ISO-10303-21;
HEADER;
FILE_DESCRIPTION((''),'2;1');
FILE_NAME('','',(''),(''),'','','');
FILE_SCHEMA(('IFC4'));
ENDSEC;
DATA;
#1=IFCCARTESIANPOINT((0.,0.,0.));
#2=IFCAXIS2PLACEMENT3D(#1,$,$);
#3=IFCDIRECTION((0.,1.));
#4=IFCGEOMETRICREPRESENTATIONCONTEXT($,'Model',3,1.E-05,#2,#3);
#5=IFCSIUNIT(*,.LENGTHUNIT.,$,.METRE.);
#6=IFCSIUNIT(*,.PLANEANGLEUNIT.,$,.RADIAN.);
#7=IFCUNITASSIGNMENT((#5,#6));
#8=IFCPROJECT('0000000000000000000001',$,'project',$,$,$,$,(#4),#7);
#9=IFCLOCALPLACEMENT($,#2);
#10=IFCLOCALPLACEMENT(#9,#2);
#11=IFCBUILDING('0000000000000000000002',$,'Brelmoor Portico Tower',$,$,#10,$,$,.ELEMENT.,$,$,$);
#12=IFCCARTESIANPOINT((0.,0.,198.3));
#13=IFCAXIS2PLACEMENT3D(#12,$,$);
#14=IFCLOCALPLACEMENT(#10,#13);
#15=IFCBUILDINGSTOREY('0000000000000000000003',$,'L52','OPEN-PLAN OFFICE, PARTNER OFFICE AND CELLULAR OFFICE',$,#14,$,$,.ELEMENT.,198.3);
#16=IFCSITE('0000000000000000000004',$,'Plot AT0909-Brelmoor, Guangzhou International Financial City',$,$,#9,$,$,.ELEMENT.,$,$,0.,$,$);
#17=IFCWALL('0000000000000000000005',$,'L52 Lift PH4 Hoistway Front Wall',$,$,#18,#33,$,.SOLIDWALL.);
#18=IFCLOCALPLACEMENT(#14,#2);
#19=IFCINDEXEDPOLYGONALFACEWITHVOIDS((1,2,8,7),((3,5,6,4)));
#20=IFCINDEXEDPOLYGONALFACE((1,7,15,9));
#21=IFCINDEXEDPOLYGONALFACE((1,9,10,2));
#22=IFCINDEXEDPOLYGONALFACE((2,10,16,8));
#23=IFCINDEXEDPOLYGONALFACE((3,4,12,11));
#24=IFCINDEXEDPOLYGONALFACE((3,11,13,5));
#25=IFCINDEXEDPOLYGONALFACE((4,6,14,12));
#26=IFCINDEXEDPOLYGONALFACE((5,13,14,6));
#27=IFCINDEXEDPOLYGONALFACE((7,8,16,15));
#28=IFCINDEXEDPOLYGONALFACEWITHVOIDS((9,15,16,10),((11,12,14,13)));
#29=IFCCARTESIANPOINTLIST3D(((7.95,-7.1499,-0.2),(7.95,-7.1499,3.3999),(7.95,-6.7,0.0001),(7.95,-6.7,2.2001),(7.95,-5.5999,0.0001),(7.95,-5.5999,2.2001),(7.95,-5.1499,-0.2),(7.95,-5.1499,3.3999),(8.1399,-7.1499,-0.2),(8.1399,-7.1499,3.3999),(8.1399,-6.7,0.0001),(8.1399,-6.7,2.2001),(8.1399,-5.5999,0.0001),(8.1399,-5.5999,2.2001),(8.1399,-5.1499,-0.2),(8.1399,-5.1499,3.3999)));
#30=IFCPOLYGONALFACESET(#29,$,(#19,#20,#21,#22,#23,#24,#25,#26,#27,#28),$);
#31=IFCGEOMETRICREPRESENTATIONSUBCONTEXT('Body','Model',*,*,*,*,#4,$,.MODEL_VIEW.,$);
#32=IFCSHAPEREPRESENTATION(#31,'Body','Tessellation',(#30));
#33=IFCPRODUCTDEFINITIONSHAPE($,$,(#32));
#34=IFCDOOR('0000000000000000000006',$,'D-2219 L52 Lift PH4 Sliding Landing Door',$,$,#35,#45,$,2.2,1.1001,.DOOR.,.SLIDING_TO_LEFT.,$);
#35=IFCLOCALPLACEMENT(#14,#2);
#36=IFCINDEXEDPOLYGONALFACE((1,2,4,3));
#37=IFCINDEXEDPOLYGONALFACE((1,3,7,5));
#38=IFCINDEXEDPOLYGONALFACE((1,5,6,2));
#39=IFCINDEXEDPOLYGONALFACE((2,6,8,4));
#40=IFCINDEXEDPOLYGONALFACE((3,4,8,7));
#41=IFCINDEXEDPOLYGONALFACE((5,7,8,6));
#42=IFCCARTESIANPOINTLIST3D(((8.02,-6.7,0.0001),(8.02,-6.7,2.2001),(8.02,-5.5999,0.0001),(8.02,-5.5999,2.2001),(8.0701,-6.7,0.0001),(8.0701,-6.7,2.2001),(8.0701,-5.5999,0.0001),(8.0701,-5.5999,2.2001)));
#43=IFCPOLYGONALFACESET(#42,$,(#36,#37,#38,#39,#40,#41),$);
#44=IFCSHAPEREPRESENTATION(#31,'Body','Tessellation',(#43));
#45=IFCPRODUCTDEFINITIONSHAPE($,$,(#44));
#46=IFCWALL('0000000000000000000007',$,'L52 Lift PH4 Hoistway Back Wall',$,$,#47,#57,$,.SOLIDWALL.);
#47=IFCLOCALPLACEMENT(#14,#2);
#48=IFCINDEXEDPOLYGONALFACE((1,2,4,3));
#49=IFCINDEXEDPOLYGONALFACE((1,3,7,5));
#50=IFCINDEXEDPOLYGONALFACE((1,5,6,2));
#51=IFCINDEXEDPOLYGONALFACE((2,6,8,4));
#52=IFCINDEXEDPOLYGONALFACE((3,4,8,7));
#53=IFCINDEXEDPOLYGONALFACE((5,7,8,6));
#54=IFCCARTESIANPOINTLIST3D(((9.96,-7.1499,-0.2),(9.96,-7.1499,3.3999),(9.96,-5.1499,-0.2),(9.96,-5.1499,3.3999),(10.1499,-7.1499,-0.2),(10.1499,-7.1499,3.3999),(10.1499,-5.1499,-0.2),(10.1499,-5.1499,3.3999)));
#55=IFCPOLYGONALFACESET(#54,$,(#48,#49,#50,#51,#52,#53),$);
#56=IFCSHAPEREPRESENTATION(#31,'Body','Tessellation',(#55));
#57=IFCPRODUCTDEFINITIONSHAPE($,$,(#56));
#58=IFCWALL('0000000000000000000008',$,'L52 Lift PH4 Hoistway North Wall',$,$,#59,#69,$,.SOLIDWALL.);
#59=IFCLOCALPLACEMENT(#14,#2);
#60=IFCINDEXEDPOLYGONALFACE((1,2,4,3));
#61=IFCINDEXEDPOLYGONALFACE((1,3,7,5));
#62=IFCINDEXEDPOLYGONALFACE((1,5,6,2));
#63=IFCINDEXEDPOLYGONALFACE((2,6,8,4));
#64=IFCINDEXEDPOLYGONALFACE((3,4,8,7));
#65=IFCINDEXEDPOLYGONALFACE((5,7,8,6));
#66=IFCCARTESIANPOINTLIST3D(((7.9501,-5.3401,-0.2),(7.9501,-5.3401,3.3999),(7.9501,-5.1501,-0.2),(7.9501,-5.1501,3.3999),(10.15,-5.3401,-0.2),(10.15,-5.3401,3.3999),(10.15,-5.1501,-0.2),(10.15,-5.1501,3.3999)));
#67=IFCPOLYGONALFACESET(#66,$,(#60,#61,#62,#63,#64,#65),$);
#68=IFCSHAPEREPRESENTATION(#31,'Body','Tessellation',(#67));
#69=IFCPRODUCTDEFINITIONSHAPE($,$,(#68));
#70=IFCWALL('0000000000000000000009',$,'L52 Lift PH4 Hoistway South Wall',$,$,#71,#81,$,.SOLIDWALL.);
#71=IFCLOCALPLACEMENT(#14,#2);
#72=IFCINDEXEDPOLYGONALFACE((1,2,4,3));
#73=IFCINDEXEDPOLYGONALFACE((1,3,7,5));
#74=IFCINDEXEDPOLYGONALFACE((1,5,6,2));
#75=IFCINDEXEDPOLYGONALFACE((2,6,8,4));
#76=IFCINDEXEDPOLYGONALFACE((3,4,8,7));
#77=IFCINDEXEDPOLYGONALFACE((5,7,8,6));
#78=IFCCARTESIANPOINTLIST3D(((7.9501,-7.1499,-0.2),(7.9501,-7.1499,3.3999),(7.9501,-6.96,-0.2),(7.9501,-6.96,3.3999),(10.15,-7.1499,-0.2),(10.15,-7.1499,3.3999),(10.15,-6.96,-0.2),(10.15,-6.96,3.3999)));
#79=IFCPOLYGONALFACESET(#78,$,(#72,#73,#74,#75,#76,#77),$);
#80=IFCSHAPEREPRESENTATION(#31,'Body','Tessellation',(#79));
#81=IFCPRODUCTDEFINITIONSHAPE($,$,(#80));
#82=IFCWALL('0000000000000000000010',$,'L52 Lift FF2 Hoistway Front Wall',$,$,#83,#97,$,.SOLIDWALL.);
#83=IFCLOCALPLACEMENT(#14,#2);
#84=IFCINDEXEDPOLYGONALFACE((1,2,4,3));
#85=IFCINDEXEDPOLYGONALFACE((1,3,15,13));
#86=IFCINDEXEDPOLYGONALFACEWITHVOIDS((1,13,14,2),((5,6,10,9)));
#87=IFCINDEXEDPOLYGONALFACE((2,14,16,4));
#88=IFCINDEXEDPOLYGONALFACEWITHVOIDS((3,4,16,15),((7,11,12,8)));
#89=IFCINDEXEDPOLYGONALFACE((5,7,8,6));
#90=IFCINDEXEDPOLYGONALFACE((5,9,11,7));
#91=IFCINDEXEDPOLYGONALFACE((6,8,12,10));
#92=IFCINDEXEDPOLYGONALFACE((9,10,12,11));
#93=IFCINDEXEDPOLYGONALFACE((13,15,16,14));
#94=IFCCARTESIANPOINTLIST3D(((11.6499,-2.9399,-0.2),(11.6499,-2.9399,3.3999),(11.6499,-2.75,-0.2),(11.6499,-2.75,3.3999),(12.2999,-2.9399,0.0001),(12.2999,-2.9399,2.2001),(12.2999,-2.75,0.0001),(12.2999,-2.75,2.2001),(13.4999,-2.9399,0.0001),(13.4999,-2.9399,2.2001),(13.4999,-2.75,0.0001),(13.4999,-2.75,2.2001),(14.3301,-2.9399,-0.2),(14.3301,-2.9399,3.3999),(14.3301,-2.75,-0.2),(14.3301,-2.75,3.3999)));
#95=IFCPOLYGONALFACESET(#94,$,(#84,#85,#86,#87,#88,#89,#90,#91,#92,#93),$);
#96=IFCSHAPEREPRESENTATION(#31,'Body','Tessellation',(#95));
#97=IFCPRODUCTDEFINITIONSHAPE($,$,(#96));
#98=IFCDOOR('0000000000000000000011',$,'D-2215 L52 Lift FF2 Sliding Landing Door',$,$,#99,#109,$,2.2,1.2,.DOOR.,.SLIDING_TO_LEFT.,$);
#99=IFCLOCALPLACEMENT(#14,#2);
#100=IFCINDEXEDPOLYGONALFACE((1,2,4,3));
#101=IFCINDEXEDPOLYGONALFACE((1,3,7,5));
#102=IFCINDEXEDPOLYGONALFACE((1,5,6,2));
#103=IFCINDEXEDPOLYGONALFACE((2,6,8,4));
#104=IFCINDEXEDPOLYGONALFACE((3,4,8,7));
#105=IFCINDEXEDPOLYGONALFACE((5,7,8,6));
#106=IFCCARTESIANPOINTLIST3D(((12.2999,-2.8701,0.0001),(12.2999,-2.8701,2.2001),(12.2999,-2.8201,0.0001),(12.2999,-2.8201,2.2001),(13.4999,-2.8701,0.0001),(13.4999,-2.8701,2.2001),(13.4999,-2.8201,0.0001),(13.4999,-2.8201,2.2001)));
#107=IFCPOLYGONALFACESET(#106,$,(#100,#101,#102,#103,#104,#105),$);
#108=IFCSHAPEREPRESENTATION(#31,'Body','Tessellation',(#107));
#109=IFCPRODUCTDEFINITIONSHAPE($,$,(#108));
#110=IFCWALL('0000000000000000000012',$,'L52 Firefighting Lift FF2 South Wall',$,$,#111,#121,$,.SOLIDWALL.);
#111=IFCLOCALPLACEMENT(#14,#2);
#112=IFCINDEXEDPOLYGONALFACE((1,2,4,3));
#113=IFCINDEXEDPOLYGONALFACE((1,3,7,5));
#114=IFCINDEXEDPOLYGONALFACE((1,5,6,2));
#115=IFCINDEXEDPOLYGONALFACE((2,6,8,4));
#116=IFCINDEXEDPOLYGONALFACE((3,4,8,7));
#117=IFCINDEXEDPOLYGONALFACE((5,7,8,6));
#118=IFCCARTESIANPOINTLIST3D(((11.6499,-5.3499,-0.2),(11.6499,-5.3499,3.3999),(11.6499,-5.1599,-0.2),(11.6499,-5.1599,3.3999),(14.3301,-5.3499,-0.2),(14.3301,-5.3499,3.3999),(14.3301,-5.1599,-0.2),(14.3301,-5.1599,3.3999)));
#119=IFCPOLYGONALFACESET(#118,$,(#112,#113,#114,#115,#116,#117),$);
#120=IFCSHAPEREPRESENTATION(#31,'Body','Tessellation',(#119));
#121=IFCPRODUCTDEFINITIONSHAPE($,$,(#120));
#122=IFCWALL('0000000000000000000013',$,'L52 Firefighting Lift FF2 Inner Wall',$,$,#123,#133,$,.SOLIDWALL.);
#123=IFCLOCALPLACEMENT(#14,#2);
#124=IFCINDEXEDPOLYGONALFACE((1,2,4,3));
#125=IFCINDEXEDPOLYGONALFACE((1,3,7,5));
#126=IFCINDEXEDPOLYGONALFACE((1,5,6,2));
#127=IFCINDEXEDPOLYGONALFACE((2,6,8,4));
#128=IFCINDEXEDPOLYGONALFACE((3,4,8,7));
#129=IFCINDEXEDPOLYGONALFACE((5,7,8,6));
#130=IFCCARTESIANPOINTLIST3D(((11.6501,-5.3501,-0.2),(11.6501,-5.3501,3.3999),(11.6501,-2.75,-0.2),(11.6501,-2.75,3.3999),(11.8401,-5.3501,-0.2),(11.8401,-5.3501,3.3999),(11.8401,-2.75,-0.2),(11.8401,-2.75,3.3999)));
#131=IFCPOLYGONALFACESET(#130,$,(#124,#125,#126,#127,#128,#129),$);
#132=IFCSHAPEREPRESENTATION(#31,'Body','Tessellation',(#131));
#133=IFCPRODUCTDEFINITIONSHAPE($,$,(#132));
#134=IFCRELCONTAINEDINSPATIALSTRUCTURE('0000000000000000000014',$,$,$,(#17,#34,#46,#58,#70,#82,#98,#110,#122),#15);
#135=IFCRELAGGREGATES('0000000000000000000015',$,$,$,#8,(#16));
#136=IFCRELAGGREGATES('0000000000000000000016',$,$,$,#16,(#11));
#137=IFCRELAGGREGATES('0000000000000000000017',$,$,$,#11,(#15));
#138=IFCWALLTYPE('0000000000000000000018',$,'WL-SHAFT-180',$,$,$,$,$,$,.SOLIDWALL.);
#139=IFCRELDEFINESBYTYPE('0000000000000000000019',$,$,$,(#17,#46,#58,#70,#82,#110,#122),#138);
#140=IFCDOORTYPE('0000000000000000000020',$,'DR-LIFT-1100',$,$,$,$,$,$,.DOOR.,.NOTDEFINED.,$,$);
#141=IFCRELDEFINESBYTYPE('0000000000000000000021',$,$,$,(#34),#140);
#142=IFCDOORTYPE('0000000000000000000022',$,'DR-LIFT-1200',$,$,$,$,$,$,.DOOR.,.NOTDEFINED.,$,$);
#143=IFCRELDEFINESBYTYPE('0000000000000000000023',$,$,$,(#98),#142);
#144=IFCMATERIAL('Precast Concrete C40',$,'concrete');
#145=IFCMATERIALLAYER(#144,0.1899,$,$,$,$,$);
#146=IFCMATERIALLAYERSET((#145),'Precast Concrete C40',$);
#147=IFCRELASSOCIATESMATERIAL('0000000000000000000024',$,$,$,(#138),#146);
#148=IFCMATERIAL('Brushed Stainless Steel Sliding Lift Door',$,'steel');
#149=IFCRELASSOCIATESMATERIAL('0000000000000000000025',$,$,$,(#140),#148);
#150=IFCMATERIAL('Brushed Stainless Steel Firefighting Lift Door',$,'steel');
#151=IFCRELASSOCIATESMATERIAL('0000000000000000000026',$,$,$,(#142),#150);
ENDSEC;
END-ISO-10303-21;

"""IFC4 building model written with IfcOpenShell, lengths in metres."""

from ifc_helpers import new_model, si_unit, direction, frame, frame_2d, origin, place, context, subcontext, project, spatial, rectangle, extrude, material, layer, layer_set, type_object, element, fill, save


model = new_model("IFC4")

# Units and contexts
model_context = context("Model", 3, precision=1e-05, world=origin(), true_north=direction((0.0, 1.0)))
body_context = subcontext(model_context, "Body", "Model", "MODEL_VIEW")
ifc_project = project(units=[si_unit("LENGTHUNIT", "METRE"), si_unit("PLANEANGLEUNIT", "RADIAN")], contexts=[model_context])

# Site, building, storey
site_placement = place(None, origin())
site = spatial("IfcSite", under=ifc_project, at=site_placement, Name="Plot AT0909-Brelmoor, Guangzhou International Financial City", CompositionType="ELEMENT", RefElevation=0.0)
building_placement = place(site_placement, origin())
building = spatial("IfcBuilding", under=site, at=building_placement, Name="Brelmoor Portico Tower", CompositionType="ELEMENT")
storey_placement = place(building_placement, frame((0.0, 0.0, 198.3)))
storey = spatial("IfcBuildingStorey", under=building, at=storey_placement, Name="L52", Description="OPEN-PLAN OFFICE, PARTNER OFFICE AND CELLULAR OFFICE", CompositionType="ELEMENT", Elevation=198.3)

# Shared definitions
ifc_material_1 = material(Name="Precast Concrete C40", Category="concrete")
ifc_layer_1 = layer(ifc_material_1, 0.1899)
ifc_layer_set_1 = layer_set([ifc_layer_1], Name="Precast Concrete C40")
wall_type_1 = type_object("IfcWallType", Name="WL-SHAFT-180", PredefinedType="SOLIDWALL", material=ifc_layer_set_1)

# Wall, opening, door
wall_1_placement = place(storey_placement, frame((8.0449, -7.1499, -0.2), z_axis=(0.0, 0.0, 1.0), x_axis=(0.0, 1.0, 0.0)))
wall_1 = element("IfcWall", 1, at=wall_1_placement, inside=storey, type_object=wall_type_1, Name="L52 Lift PH4 Hoistway Front Wall", PredefinedType="SOLIDWALL", context=body_context, shape_type="SweptSolid", body=[
    extrude(rectangle(XDim=2.0, YDim=0.1899, at=frame_2d((1.0, 0.0))), origin(), (0.0, 0.0, 1.0), 3.5999),
])
opening_1_placement = place(wall_1_placement, frame((0.45, 0.0, 0.2)))
opening_1 = element("IfcOpeningElement", 2, at=opening_1_placement, cuts=wall_1, PredefinedType="OPENING", context=body_context, shape_type="SweptSolid", body=[
    extrude(rectangle(XDim=1.1001, YDim=2.2, at=frame_2d((0.55, 1.1001))), frame((0.0, 0.105, 0.0), z_axis=(0.0, -1.0, 0.0), x_axis=(1.0, 0.0, 0.0)), (0.0, 0.0, 1.0), 0.21),
])
ifc_material_2 = material(Name="Brushed Stainless Steel Sliding Lift Door", Category="steel")
door_type_1 = type_object("IfcDoorType", Name="DR-LIFT-1100", OperationType="NOTDEFINED", PredefinedType="DOOR", material=ifc_material_2)
door_1_placement = place(opening_1_placement, origin())
door_1 = element("IfcDoor", 3, at=door_1_placement, inside=storey, type_object=door_type_1, Name="D-2219 L52 Lift PH4 Sliding Landing Door", OperationType="SLIDING_TO_LEFT", OverallHeight=2.2, OverallWidth=1.1001, PredefinedType="DOOR", context=body_context, shape_type="SweptSolid", body=[
    extrude(rectangle(XDim=1.1001, YDim=2.2, at=frame_2d((0.55, 1.1001))), frame((0.0, 0.0249, 0.0), z_axis=(0.0, -1.0, 0.0), x_axis=(1.0, 0.0, 0.0)), (0.0, 0.0, 1.0), 0.05),
])
fill(opening_1, door_1)

# Walls
wall_2_placement = place(storey_placement, frame((10.0549, -7.1499, -0.2), z_axis=(0.0, 0.0, 1.0), x_axis=(0.0, 1.0, 0.0)))
element("IfcWall", 4, at=wall_2_placement, inside=storey, type_object=wall_type_1, Name="L52 Lift PH4 Hoistway Back Wall", PredefinedType="SOLIDWALL", context=body_context, shape_type="SweptSolid", body=[
    extrude(rectangle(XDim=2.0, YDim=0.1899, at=frame_2d((1.0, 0.0))), origin(), (0.0, 0.0, 1.0), 3.5999),
])
for number, where, z_axis, x_axis, name in (
    (5, (7.95, -5.2451, -0.2), (0.0, 0.0, 1.0), (1.0, 0.0, 0.0), "L52 Lift PH4 Hoistway North Wall"),
    (6, (7.95, -7.0549, -0.2), (0.0, 0.0, 1.0), (1.0, 0.0, 0.0), "L52 Lift PH4 Hoistway South Wall"),
):
    element("IfcWall", number, at=place(storey_placement, frame(where, z_axis=z_axis, x_axis=x_axis)), inside=storey, type_object=wall_type_1, Name=name, PredefinedType="SOLIDWALL", context=body_context, shape_type="SweptSolid", body=[
        extrude(rectangle(XDim=2.2, YDim=0.1899, at=frame_2d((1.1001, 0.0))), origin(), (0.0, 0.0, 1.0), 3.5999),
    ])

# Wall, opening, door
wall_3_placement = place(storey_placement, frame((11.6499, -2.845, -0.2), z_axis=(0.0, 0.0, 1.0), x_axis=(1.0, 0.0, 0.0)))
wall_3 = element("IfcWall", 7, at=wall_3_placement, inside=storey, type_object=wall_type_1, Name="L52 Lift FF2 Hoistway Front Wall", PredefinedType="SOLIDWALL", context=body_context, shape_type="SweptSolid", body=[
    extrude(rectangle(XDim=2.6802, YDim=0.1899, at=frame_2d((1.3401, 0.0))), origin(), (0.0, 0.0, 1.0), 3.5999),
])
opening_2_placement = place(wall_3_placement, frame((0.6499, 0.0, 0.2)))
opening_2 = element("IfcOpeningElement", 8, at=opening_2_placement, cuts=wall_3, PredefinedType="OPENING", context=body_context, shape_type="SweptSolid", body=[
    extrude(rectangle(XDim=1.2, YDim=2.2, at=frame_2d((0.6001, 1.1001))), frame((0.0, 0.105, 0.0), z_axis=(0.0, -1.0, 0.0), x_axis=(1.0, 0.0, 0.0)), (0.0, 0.0, 1.0), 0.21),
])
ifc_material_3 = material(Name="Brushed Stainless Steel Firefighting Lift Door", Category="steel")
door_type_2 = type_object("IfcDoorType", Name="DR-LIFT-1200", OperationType="NOTDEFINED", PredefinedType="DOOR", material=ifc_material_3)
door_2_placement = place(opening_2_placement, origin())
door_2 = element("IfcDoor", 9, at=door_2_placement, inside=storey, type_object=door_type_2, Name="D-2215 L52 Lift FF2 Sliding Landing Door", OperationType="SLIDING_TO_LEFT", OverallHeight=2.2, OverallWidth=1.2, PredefinedType="DOOR", context=body_context, shape_type="SweptSolid", body=[
    extrude(rectangle(XDim=1.2, YDim=2.2, at=frame_2d((0.6001, 1.1001))), frame((0.0, 0.0249, 0.0), z_axis=(0.0, -1.0, 0.0), x_axis=(1.0, 0.0, 0.0)), (0.0, 0.0, 1.0), 0.05),
])
fill(opening_2, door_2)

# Walls
wall_4_placement = place(storey_placement, frame((11.6499, -5.2549, -0.2), z_axis=(0.0, 0.0, 1.0), x_axis=(1.0, 0.0, 0.0)))
element("IfcWall", 10, at=wall_4_placement, inside=storey, type_object=wall_type_1, Name="L52 Firefighting Lift FF2 South Wall", PredefinedType="SOLIDWALL", context=body_context, shape_type="SweptSolid", body=[
    extrude(rectangle(XDim=2.6802, YDim=0.1899, at=frame_2d((1.3401, 0.0))), origin(), (0.0, 0.0, 1.0), 3.5999),
])
wall_5_placement = place(storey_placement, frame((11.7451, -5.3501, -0.2), z_axis=(0.0, 0.0, 1.0), x_axis=(0.0, 1.0, 0.0)))
element("IfcWall", 11, at=wall_5_placement, inside=storey, type_object=wall_type_1, Name="L52 Firefighting Lift FF2 Inner Wall", PredefinedType="SOLIDWALL", context=body_context, shape_type="SweptSolid", body=[
    extrude(rectangle(XDim=2.6001, YDim=0.1899, at=frame_2d((1.3, 0.0))), origin(), (0.0, 0.0, 1.0), 3.5999),
])

save(model, "model.ifc")
